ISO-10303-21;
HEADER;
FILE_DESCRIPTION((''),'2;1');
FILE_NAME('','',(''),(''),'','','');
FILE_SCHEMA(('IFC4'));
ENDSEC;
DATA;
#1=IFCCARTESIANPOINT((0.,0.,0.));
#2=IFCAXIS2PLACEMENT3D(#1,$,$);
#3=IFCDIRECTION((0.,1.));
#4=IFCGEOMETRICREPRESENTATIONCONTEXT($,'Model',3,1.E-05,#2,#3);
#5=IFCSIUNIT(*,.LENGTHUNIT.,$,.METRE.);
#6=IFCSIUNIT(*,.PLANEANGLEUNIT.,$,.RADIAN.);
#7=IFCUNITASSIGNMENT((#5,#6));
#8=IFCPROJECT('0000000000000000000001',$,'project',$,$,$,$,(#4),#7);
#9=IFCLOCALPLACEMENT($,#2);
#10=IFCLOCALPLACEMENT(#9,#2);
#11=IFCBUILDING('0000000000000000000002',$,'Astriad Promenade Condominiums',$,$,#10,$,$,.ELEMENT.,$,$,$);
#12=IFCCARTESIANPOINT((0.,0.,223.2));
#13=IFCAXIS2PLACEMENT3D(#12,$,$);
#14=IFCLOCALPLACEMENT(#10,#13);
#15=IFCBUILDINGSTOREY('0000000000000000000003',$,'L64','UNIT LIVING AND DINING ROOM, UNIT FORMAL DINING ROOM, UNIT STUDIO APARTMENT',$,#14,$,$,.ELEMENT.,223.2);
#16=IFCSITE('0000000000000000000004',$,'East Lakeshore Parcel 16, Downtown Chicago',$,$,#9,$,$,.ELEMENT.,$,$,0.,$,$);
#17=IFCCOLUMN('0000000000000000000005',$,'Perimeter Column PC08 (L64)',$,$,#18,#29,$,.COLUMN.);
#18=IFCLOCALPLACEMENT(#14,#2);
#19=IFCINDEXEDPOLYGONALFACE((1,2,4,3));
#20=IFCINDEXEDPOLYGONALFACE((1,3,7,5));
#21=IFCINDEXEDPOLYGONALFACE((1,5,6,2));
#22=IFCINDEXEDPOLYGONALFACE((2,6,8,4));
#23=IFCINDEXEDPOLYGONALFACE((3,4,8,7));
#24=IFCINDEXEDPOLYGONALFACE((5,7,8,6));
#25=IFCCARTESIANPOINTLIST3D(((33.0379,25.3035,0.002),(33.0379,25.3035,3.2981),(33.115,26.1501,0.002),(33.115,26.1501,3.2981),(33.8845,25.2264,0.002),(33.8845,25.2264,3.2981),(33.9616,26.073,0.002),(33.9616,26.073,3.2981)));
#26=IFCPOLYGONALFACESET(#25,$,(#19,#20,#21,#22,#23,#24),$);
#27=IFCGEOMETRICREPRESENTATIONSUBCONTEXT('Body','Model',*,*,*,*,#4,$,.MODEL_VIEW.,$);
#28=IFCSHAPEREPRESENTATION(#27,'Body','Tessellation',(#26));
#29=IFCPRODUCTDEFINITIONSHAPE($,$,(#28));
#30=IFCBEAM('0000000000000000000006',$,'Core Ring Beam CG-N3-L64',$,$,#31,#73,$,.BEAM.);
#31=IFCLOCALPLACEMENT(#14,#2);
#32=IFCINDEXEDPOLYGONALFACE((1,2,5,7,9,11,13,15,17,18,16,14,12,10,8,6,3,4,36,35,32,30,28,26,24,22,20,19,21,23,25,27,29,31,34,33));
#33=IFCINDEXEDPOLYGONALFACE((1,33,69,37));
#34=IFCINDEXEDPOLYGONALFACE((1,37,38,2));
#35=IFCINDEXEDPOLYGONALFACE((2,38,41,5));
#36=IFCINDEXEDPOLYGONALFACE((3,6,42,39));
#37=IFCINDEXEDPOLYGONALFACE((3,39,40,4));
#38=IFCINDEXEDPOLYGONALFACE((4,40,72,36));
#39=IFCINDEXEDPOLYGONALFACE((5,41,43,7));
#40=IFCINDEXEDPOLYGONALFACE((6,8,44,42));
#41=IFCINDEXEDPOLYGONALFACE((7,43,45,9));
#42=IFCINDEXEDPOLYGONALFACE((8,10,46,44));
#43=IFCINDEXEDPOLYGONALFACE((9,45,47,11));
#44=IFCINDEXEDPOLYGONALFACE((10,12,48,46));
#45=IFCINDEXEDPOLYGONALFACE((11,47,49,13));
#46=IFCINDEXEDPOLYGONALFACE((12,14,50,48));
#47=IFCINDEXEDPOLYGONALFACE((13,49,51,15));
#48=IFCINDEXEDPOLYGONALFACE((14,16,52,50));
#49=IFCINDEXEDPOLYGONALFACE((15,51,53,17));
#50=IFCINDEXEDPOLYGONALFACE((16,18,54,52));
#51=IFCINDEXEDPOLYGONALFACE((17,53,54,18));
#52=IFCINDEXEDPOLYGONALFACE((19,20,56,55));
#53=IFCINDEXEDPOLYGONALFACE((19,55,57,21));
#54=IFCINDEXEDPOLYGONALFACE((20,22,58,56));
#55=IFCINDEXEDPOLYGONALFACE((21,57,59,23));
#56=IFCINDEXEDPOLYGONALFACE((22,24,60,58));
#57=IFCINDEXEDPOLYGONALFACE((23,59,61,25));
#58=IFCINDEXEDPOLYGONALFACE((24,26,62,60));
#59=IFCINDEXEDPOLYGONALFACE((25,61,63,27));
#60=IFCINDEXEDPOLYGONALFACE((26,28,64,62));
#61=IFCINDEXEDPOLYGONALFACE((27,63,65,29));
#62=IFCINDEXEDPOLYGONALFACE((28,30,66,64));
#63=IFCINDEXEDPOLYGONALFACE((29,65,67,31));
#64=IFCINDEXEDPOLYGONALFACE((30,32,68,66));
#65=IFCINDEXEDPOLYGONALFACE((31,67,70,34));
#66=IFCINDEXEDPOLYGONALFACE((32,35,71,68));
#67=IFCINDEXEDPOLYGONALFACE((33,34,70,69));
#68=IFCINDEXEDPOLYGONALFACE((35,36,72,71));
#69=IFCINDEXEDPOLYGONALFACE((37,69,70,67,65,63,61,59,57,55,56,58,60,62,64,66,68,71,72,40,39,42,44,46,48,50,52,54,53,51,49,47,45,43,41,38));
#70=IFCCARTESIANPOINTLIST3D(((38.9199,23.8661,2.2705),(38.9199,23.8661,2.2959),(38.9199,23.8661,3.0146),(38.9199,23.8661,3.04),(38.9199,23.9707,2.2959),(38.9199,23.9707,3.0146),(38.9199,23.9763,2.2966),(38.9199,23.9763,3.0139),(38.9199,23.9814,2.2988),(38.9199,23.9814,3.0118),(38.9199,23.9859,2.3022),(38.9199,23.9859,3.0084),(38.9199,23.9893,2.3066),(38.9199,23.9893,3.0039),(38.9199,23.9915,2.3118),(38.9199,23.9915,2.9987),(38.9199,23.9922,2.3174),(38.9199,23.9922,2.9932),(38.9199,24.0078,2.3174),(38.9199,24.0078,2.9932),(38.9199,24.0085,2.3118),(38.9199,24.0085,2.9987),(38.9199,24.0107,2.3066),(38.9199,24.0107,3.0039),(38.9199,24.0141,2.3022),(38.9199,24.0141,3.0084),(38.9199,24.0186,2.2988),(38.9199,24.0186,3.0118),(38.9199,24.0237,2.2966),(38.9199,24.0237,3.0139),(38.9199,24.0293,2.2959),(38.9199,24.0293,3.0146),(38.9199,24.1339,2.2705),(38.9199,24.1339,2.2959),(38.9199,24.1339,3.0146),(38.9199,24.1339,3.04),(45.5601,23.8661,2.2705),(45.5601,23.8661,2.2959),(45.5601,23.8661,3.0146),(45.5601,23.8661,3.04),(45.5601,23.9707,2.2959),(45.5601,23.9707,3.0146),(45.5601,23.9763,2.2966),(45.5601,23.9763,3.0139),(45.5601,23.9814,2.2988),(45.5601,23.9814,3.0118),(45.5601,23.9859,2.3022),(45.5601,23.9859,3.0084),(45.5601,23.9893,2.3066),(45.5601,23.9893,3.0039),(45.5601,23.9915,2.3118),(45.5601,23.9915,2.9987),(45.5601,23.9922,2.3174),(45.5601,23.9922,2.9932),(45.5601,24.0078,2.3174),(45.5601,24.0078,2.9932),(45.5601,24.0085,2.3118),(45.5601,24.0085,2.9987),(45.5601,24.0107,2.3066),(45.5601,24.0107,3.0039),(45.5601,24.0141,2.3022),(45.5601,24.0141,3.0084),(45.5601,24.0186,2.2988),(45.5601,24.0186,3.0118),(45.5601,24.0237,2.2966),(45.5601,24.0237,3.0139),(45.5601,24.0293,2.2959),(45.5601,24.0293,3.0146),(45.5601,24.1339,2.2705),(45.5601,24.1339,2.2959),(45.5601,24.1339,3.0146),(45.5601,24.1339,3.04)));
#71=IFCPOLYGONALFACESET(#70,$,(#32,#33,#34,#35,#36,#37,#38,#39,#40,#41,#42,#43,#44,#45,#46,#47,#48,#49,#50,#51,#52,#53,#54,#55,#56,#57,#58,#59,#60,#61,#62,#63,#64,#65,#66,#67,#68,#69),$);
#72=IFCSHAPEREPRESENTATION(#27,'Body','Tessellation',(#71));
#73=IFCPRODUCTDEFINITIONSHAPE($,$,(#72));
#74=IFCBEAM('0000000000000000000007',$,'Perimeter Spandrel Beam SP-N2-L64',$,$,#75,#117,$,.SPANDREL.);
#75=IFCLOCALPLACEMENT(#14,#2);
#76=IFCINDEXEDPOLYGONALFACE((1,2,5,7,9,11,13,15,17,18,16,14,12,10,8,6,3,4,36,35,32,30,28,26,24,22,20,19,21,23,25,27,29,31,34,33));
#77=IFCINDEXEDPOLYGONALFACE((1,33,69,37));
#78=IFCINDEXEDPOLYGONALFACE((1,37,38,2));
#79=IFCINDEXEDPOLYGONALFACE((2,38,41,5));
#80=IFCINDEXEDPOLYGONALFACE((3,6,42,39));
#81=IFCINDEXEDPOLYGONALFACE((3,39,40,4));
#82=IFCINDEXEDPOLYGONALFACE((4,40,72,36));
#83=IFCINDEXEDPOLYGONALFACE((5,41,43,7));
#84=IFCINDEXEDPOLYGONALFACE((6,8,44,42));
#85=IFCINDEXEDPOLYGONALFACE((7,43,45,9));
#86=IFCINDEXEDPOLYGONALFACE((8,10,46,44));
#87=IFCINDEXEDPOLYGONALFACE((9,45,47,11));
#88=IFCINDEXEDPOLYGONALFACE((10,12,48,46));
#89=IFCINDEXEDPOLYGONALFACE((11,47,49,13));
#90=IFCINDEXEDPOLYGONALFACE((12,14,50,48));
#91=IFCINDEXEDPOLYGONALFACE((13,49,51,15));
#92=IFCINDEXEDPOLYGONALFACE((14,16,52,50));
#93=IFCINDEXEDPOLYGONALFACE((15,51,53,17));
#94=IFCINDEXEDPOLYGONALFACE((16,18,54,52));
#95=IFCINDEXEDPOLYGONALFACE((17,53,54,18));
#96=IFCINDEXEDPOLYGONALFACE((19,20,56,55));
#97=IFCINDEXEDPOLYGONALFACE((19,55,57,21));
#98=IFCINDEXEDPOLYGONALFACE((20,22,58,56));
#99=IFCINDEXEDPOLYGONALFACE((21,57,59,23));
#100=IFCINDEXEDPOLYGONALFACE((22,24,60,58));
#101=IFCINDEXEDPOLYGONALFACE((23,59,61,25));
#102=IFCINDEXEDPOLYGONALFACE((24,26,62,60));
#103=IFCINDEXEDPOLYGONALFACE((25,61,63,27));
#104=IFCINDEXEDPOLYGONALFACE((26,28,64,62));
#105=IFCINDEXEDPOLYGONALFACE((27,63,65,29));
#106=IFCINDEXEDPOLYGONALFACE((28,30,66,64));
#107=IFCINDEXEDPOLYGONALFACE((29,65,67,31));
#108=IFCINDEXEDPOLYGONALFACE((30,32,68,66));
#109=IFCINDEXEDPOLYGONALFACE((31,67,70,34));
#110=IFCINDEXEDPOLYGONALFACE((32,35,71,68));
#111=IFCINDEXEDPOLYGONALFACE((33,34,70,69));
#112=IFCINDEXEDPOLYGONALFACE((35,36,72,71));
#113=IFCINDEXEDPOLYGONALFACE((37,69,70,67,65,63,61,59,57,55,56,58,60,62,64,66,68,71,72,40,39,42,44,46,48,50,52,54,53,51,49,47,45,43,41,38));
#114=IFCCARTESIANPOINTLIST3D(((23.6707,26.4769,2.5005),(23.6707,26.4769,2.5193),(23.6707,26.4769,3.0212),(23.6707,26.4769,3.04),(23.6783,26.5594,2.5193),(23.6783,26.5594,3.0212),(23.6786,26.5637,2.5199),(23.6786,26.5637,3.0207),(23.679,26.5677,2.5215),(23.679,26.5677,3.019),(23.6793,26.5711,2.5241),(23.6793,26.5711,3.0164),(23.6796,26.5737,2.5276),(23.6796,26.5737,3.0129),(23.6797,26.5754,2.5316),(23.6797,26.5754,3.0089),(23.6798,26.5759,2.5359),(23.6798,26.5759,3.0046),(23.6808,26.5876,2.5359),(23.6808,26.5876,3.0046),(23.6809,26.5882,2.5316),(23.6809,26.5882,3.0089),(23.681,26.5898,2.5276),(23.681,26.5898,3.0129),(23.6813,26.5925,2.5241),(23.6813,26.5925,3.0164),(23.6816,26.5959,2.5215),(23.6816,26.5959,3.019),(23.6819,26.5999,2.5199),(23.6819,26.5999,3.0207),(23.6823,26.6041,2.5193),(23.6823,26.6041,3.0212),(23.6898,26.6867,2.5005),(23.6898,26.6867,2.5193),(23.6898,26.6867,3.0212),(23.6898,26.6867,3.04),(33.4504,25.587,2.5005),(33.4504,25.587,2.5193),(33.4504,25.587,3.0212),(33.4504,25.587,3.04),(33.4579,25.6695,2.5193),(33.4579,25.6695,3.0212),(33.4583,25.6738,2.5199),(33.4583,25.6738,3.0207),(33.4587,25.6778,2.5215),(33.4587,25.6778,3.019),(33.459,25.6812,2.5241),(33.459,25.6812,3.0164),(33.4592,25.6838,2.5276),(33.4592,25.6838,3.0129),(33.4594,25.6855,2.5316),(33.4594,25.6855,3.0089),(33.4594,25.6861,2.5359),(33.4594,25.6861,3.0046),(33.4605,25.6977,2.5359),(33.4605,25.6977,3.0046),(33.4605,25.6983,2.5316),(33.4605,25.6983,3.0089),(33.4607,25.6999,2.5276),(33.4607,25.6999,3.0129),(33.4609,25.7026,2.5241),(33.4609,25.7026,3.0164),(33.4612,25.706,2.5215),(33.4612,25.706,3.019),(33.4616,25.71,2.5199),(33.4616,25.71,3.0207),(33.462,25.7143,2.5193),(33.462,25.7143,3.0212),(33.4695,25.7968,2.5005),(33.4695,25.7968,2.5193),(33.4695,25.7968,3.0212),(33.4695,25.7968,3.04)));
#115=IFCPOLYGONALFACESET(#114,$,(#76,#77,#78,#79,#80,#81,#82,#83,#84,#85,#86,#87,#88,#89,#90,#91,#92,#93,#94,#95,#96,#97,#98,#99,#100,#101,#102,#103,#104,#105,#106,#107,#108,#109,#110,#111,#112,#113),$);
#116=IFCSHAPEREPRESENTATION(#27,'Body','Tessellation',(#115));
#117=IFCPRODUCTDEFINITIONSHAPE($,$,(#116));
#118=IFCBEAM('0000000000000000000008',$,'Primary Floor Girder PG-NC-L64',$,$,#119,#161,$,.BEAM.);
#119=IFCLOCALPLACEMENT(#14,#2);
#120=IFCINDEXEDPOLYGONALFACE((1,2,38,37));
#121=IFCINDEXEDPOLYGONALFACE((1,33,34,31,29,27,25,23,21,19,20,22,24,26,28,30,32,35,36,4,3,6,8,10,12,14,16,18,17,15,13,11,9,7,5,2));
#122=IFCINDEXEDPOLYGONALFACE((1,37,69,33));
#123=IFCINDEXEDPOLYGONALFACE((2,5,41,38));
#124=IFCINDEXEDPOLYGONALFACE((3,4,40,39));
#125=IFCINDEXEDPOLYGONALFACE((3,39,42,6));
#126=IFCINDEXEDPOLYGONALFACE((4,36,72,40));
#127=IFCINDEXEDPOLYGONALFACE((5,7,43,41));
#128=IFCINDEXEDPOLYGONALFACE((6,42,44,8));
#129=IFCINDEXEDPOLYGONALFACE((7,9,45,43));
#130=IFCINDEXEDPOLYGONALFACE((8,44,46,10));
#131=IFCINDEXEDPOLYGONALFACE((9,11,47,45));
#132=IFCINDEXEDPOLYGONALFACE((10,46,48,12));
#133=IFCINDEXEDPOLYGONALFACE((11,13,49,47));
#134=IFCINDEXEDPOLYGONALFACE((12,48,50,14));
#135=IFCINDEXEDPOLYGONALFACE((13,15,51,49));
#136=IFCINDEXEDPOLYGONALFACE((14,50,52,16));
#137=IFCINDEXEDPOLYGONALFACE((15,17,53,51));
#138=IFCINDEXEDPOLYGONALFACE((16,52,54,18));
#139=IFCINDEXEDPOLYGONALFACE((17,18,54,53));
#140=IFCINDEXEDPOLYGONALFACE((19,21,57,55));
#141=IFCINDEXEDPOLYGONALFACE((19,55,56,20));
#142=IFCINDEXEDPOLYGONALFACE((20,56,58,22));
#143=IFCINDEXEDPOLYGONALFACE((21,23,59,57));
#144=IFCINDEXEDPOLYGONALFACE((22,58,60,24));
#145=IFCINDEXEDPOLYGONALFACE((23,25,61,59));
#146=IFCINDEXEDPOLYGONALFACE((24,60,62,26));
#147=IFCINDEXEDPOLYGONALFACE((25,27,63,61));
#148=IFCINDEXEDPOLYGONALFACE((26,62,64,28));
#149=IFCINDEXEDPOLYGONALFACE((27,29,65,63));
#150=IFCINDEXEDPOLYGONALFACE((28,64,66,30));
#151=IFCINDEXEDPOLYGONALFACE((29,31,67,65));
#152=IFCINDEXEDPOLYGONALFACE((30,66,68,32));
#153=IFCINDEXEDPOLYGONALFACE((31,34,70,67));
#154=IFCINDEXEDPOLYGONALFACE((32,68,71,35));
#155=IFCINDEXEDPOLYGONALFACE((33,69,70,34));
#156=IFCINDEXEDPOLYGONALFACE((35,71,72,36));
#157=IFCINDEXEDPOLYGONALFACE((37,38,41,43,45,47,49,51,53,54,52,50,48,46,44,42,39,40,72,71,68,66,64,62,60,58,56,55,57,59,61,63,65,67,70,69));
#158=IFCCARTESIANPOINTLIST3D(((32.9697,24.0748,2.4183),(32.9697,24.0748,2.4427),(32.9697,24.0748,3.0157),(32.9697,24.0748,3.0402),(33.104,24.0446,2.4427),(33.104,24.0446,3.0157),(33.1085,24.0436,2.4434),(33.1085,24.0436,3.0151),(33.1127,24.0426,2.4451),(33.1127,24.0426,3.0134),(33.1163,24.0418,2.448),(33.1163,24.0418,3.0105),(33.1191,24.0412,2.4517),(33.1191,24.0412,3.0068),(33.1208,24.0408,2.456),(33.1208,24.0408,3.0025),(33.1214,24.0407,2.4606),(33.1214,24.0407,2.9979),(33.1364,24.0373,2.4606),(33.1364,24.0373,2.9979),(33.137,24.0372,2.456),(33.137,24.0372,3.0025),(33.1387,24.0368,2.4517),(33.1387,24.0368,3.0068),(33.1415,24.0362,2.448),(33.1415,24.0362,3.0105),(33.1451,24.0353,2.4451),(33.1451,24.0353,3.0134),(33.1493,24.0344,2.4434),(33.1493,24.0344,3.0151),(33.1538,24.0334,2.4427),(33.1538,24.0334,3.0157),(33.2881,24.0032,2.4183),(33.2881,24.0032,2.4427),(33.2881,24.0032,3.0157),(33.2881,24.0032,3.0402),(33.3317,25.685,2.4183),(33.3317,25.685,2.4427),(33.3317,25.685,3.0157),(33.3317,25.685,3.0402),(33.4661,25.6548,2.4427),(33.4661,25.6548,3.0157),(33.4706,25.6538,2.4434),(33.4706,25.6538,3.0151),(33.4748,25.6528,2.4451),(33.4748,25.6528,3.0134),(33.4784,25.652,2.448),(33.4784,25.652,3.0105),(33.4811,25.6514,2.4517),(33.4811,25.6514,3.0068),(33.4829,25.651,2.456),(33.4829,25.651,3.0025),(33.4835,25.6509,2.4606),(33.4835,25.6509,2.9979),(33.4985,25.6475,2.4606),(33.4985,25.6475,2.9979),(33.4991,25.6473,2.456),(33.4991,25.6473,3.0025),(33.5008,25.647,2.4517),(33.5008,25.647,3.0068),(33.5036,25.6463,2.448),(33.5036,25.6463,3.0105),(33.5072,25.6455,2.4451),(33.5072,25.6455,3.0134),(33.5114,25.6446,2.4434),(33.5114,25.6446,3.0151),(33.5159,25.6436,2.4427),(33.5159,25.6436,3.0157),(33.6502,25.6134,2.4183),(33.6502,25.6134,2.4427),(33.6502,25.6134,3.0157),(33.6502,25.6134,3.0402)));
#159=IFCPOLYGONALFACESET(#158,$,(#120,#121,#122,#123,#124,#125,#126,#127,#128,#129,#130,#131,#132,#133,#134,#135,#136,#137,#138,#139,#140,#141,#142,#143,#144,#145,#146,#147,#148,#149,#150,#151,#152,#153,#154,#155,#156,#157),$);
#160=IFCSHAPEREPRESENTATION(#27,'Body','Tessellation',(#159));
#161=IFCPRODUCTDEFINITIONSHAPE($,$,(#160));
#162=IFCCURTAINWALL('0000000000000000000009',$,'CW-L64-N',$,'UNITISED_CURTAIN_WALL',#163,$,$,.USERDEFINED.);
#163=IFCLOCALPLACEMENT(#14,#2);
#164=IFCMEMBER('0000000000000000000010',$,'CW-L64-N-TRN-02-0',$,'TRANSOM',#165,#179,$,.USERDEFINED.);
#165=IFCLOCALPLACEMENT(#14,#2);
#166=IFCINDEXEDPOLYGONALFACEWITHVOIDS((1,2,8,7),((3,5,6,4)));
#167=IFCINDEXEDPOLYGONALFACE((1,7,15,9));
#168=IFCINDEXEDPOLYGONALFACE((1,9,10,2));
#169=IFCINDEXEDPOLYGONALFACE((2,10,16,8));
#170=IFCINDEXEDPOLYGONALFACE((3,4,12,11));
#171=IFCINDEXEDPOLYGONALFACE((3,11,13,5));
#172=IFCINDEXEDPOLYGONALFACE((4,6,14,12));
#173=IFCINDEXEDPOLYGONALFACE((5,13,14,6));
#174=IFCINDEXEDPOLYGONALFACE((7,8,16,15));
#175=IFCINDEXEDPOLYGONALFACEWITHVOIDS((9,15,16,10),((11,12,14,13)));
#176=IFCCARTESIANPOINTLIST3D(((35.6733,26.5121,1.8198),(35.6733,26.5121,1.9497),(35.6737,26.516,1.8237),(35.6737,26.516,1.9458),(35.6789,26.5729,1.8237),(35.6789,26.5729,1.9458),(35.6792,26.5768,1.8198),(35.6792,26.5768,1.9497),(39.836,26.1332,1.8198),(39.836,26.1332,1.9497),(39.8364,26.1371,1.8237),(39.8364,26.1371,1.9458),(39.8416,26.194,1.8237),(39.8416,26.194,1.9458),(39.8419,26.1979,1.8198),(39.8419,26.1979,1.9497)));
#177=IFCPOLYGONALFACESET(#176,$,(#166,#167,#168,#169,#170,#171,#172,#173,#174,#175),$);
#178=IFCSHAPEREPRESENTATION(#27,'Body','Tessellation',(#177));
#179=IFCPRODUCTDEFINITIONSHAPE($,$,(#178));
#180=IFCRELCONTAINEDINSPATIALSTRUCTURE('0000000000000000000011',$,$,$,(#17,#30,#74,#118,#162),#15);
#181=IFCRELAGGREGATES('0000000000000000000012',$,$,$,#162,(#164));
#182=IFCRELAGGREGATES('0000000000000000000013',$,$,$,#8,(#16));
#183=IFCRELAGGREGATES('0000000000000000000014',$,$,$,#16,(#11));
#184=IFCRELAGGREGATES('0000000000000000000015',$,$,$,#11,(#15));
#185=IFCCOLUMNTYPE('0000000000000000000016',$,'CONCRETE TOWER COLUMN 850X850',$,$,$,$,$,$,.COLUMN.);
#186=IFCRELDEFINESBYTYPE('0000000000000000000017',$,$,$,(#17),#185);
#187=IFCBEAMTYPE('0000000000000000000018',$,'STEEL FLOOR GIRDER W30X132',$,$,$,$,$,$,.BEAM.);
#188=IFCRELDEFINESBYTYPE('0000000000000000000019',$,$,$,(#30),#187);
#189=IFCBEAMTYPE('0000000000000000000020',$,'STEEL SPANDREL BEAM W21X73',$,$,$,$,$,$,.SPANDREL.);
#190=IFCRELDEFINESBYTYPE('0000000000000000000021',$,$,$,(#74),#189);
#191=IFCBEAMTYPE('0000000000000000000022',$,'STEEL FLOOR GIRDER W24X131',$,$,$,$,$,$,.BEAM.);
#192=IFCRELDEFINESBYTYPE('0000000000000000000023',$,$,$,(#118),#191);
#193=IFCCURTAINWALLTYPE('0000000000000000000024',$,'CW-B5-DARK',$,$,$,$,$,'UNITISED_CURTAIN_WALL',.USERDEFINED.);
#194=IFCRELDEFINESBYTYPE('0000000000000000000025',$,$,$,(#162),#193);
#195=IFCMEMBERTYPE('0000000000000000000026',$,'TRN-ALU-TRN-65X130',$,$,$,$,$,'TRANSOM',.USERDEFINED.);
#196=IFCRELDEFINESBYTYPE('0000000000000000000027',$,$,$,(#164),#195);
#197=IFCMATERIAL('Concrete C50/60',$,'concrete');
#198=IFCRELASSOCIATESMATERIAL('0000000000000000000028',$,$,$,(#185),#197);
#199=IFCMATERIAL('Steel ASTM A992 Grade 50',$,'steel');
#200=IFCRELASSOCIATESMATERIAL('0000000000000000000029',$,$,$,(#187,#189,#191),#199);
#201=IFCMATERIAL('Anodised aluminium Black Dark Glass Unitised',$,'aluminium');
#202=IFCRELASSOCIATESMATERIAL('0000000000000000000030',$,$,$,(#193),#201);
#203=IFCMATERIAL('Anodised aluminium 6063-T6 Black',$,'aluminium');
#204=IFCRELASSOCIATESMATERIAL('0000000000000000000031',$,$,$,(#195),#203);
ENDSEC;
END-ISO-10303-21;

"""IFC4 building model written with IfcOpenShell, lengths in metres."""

from ifc_helpers import new_model, si_unit, direction, frame, origin, origin_2d, place, context, subcontext, project, spatial, rectangle, hollow_rectangle, i_section, extrude, source, transform, mapped, material, material_profile, profile_set, type_object, type_shapes, element, aggregate, save


model = new_model("IFC4")

# Units and contexts
model_context = context("Model", 3, precision=1e-05, world=origin(), true_north=direction((0.0, 1.0)))
body_context = subcontext(model_context, "Body", "Model", "MODEL_VIEW")
ifc_project = project(units=[si_unit("LENGTHUNIT", "METRE"), si_unit("PLANEANGLEUNIT", "RADIAN")], contexts=[model_context])

# Site, building, storey
site_placement = place(None, origin())
site = spatial("IfcSite", under=ifc_project, at=site_placement, Name="East Lakeshore Parcel 16, Downtown Chicago", CompositionType="ELEMENT", RefElevation=0.0)
building_placement = place(site_placement, origin())
building = spatial("IfcBuilding", under=site, at=building_placement, Name="Astriad Promenade Condominiums", CompositionType="ELEMENT")
storey_placement = place(building_placement, frame((0.0, 0.0, 223.2)))
storey = spatial("IfcBuildingStorey", under=building, at=storey_placement, Name="L64", Description="UNIT LIVING AND DINING ROOM, UNIT FORMAL DINING ROOM, UNIT STUDIO APARTMENT", CompositionType="ELEMENT", Elevation=223.2)

# Column
ifc_material_1 = material(Name="Concrete C50/60", Category="concrete")
ifc_material_profile_1 = material_profile(ifc_material_1, rectangle(XDim=0.8501, YDim=0.8501, at=origin_2d()), Name="RC-COL-850X850")
ifc_profile_set_1 = profile_set([ifc_material_profile_1], Name="Concrete C50/60")
column_type = type_object("IfcColumnType", Name="CONCRETE TOWER COLUMN 850X850", PredefinedType="COLUMN", material=ifc_profile_set_1)
shared_shape_1 = source(origin(), body_context, "Body", "SweptSolid", [
    extrude(rectangle(XDim=0.8501, YDim=0.8501, at=origin_2d()), origin(), (0.0, 0.0, 1.0), 3.2961),
])
type_shapes(column_type, [shared_shape_1])
column_placement = place(storey_placement, frame((33.4998, 25.6882, 0.002), z_axis=(0.0, 0.0, 1.0), x_axis=(0.995884, -0.090633, 0.0)))
element("IfcColumn", 1, at=column_placement, inside=storey, type_object=column_type, Name="Perimeter Column PC08 (L64)", PredefinedType="COLUMN", context=body_context, shape_type="MappedRepresentation", body=[
    mapped(shared_shape_1, transform((0.0, 0.0, 0.0), scale=1.0)),
])

# Beams
ifc_material_2 = material(Name="Steel ASTM A992 Grade 50", Category="steel")
ifc_material_profile_2 = material_profile(ifc_material_2, i_section(OverallWidth=0.2678, OverallDepth=0.7695, WebThickness=0.0156, FlangeThickness=0.0254, FilletRadius=0.0215, at=origin_2d()), Name="W30X132")
ifc_profile_set_2 = profile_set([ifc_material_profile_2], Name="Steel ASTM A992 Grade 50")
beam_type_1 = type_object("IfcBeamType", Name="STEEL FLOOR GIRDER W30X132", PredefinedType="BEAM", material=ifc_profile_set_2)
shared_shape_2 = source(origin(), body_context, "Body", "SweptSolid", [
    extrude(i_section(OverallWidth=0.2678, OverallDepth=0.7695, WebThickness=0.0156, FlangeThickness=0.0254, FilletRadius=0.0215, at=origin_2d()), origin(), (0.0, 0.0, 1.0), 6.6401),
])
type_shapes(beam_type_1, [shared_shape_2])
beam_1_placement = place(storey_placement, frame((38.9199, 24.0, 2.6553), z_axis=(1.0, 0.0, 0.0), x_axis=(0.0, 1.0, 0.0)))
element("IfcBeam", 2, at=beam_1_placement, inside=storey, type_object=beam_type_1, Name="Core Ring Beam CG-N3-L64", PredefinedType="BEAM", context=body_context, shape_type="MappedRepresentation", body=[
    mapped(shared_shape_2, transform((0.0, 0.0, 0.0), scale=1.0)),
])
ifc_material_profile_3 = material_profile(ifc_material_2, i_section(OverallWidth=0.2107, OverallDepth=0.5396, WebThickness=0.0117, FlangeThickness=0.0188, FilletRadius=0.0166, at=origin_2d()), Name="W21X73")
ifc_profile_set_3 = profile_set([ifc_material_profile_3], Name="Steel ASTM A992 Grade 50")
beam_type_2 = type_object("IfcBeamType", Name="STEEL SPANDREL BEAM W21X73", PredefinedType="SPANDREL", material=ifc_profile_set_3)
shared_shape_3 = source(origin(), body_context, "Body", "SweptSolid", [
    extrude(i_section(OverallWidth=0.2107, OverallDepth=0.5396, WebThickness=0.0117, FlangeThickness=0.0188, FilletRadius=0.0166, at=origin_2d()), origin(), (0.0, 0.0, 1.0), 9.8201),
])
type_shapes(beam_type_2, [shared_shape_3])
beam_2_placement = place(storey_placement, frame((33.46, 25.6919, 2.7703), z_axis=(-0.995886, 0.090619, 0.0), x_axis=(-0.090619, -0.995886, 0.0)))
element("IfcBeam", 3, at=beam_2_placement, inside=storey, type_object=beam_type_2, Name="Perimeter Spandrel Beam SP-N2-L64", PredefinedType="SPANDREL", context=body_context, shape_type="MappedRepresentation", body=[
    mapped(shared_shape_3, transform((0.0, 0.0, 0.0), scale=1.0)),
])
ifc_material_profile_4 = material_profile(ifc_material_2, i_section(OverallWidth=0.3264, OverallDepth=0.6218, WebThickness=0.0154, FlangeThickness=0.0244, FilletRadius=0.0178, at=origin_2d()), Name="W24X131")
ifc_profile_set_4 = profile_set([ifc_material_profile_4], Name="Steel ASTM A992 Grade 50")
beam_type_3 = type_object("IfcBeamType", Name="STEEL FLOOR GIRDER W24X131", PredefinedType="BEAM", material=ifc_profile_set_4)
shared_shape_4 = source(origin(), body_context, "Body", "SweptSolid", [
    extrude(i_section(OverallWidth=0.3264, OverallDepth=0.6218, WebThickness=0.0154, FlangeThickness=0.0244, FilletRadius=0.0178, at=origin_2d()), origin(), (0.0, 0.0, 1.0), 1.6504),
])
type_shapes(beam_type_3, [shared_shape_4])
beam_3_placement = place(storey_placement, frame((33.491, 25.6492, 2.7292), z_axis=(-0.219389, -0.975637, 0.0), x_axis=(0.975637, -0.219389, 0.0)))
element("IfcBeam", 4, at=beam_3_placement, inside=storey, type_object=beam_type_3, Name="Primary Floor Girder PG-NC-L64", PredefinedType="BEAM", context=body_context, shape_type="MappedRepresentation", body=[
    mapped(shared_shape_4, transform((0.0, 0.0, 0.0), scale=1.0)),
])

# Curtain wall, member
ifc_material_3 = material(Name="Anodised aluminium Black Dark Glass Unitised", Category="aluminium")
curtain_wall_type = type_object("IfcCurtainWallType", Name="CW-B5-DARK", ElementType="UNITISED_CURTAIN_WALL", PredefinedType="USERDEFINED", material=ifc_material_3)
curtain_wall_placement = place(storey_placement, origin())
curtain_wall = element("IfcCurtainWall", 5, at=curtain_wall_placement, inside=storey, type_object=curtain_wall_type, Name="CW-L64-N", ObjectType="UNITISED_CURTAIN_WALL", PredefinedType="USERDEFINED")
ifc_material_4 = material(Name="Anodised aluminium 6063-T6 Black", Category="aluminium")
ifc_material_profile_5 = material_profile(ifc_material_4, hollow_rectangle(XDim=0.0649, YDim=0.1299, WallThickness=0.0039, at=origin_2d()), Name="ALU-TRN-65X130")
ifc_profile_set_5 = profile_set([ifc_material_profile_5], Name="Anodised aluminium 6063-T6 Black")
member_type_1 = type_object("IfcMemberType", Name="TRN-ALU-TRN-65X130", ElementType="TRANSOM", PredefinedType="USERDEFINED", material=ifc_profile_set_5)
shared_shape_5 = source(origin(), body_context, "Body", "SweptSolid", [
    extrude(hollow_rectangle(XDim=0.0649, YDim=0.1299, WallThickness=0.0039, at=origin_2d()), origin(), (0.0, 0.0, 1.0), 4.1799),
])
type_shapes(member_type_1, [shared_shape_5])
member_1_placement = place(storey_placement, frame((35.6763, 26.5444, 1.8848), z_axis=(0.995883, -0.090646, 0.0), x_axis=(0.090646, 0.995883, 0.0)))
member_1 = element("IfcMember", 6, at=member_1_placement, type_object=member_type_1, Name="CW-L64-N-TRN-02-0", ObjectType="TRANSOM", PredefinedType="USERDEFINED", context=body_context, shape_type="MappedRepresentation", body=[
    mapped(shared_shape_5, transform((0.0, 0.0, 0.0), scale=1.0)),
])
aggregate(curtain_wall, [member_1])

save(model, "model.ifc")
